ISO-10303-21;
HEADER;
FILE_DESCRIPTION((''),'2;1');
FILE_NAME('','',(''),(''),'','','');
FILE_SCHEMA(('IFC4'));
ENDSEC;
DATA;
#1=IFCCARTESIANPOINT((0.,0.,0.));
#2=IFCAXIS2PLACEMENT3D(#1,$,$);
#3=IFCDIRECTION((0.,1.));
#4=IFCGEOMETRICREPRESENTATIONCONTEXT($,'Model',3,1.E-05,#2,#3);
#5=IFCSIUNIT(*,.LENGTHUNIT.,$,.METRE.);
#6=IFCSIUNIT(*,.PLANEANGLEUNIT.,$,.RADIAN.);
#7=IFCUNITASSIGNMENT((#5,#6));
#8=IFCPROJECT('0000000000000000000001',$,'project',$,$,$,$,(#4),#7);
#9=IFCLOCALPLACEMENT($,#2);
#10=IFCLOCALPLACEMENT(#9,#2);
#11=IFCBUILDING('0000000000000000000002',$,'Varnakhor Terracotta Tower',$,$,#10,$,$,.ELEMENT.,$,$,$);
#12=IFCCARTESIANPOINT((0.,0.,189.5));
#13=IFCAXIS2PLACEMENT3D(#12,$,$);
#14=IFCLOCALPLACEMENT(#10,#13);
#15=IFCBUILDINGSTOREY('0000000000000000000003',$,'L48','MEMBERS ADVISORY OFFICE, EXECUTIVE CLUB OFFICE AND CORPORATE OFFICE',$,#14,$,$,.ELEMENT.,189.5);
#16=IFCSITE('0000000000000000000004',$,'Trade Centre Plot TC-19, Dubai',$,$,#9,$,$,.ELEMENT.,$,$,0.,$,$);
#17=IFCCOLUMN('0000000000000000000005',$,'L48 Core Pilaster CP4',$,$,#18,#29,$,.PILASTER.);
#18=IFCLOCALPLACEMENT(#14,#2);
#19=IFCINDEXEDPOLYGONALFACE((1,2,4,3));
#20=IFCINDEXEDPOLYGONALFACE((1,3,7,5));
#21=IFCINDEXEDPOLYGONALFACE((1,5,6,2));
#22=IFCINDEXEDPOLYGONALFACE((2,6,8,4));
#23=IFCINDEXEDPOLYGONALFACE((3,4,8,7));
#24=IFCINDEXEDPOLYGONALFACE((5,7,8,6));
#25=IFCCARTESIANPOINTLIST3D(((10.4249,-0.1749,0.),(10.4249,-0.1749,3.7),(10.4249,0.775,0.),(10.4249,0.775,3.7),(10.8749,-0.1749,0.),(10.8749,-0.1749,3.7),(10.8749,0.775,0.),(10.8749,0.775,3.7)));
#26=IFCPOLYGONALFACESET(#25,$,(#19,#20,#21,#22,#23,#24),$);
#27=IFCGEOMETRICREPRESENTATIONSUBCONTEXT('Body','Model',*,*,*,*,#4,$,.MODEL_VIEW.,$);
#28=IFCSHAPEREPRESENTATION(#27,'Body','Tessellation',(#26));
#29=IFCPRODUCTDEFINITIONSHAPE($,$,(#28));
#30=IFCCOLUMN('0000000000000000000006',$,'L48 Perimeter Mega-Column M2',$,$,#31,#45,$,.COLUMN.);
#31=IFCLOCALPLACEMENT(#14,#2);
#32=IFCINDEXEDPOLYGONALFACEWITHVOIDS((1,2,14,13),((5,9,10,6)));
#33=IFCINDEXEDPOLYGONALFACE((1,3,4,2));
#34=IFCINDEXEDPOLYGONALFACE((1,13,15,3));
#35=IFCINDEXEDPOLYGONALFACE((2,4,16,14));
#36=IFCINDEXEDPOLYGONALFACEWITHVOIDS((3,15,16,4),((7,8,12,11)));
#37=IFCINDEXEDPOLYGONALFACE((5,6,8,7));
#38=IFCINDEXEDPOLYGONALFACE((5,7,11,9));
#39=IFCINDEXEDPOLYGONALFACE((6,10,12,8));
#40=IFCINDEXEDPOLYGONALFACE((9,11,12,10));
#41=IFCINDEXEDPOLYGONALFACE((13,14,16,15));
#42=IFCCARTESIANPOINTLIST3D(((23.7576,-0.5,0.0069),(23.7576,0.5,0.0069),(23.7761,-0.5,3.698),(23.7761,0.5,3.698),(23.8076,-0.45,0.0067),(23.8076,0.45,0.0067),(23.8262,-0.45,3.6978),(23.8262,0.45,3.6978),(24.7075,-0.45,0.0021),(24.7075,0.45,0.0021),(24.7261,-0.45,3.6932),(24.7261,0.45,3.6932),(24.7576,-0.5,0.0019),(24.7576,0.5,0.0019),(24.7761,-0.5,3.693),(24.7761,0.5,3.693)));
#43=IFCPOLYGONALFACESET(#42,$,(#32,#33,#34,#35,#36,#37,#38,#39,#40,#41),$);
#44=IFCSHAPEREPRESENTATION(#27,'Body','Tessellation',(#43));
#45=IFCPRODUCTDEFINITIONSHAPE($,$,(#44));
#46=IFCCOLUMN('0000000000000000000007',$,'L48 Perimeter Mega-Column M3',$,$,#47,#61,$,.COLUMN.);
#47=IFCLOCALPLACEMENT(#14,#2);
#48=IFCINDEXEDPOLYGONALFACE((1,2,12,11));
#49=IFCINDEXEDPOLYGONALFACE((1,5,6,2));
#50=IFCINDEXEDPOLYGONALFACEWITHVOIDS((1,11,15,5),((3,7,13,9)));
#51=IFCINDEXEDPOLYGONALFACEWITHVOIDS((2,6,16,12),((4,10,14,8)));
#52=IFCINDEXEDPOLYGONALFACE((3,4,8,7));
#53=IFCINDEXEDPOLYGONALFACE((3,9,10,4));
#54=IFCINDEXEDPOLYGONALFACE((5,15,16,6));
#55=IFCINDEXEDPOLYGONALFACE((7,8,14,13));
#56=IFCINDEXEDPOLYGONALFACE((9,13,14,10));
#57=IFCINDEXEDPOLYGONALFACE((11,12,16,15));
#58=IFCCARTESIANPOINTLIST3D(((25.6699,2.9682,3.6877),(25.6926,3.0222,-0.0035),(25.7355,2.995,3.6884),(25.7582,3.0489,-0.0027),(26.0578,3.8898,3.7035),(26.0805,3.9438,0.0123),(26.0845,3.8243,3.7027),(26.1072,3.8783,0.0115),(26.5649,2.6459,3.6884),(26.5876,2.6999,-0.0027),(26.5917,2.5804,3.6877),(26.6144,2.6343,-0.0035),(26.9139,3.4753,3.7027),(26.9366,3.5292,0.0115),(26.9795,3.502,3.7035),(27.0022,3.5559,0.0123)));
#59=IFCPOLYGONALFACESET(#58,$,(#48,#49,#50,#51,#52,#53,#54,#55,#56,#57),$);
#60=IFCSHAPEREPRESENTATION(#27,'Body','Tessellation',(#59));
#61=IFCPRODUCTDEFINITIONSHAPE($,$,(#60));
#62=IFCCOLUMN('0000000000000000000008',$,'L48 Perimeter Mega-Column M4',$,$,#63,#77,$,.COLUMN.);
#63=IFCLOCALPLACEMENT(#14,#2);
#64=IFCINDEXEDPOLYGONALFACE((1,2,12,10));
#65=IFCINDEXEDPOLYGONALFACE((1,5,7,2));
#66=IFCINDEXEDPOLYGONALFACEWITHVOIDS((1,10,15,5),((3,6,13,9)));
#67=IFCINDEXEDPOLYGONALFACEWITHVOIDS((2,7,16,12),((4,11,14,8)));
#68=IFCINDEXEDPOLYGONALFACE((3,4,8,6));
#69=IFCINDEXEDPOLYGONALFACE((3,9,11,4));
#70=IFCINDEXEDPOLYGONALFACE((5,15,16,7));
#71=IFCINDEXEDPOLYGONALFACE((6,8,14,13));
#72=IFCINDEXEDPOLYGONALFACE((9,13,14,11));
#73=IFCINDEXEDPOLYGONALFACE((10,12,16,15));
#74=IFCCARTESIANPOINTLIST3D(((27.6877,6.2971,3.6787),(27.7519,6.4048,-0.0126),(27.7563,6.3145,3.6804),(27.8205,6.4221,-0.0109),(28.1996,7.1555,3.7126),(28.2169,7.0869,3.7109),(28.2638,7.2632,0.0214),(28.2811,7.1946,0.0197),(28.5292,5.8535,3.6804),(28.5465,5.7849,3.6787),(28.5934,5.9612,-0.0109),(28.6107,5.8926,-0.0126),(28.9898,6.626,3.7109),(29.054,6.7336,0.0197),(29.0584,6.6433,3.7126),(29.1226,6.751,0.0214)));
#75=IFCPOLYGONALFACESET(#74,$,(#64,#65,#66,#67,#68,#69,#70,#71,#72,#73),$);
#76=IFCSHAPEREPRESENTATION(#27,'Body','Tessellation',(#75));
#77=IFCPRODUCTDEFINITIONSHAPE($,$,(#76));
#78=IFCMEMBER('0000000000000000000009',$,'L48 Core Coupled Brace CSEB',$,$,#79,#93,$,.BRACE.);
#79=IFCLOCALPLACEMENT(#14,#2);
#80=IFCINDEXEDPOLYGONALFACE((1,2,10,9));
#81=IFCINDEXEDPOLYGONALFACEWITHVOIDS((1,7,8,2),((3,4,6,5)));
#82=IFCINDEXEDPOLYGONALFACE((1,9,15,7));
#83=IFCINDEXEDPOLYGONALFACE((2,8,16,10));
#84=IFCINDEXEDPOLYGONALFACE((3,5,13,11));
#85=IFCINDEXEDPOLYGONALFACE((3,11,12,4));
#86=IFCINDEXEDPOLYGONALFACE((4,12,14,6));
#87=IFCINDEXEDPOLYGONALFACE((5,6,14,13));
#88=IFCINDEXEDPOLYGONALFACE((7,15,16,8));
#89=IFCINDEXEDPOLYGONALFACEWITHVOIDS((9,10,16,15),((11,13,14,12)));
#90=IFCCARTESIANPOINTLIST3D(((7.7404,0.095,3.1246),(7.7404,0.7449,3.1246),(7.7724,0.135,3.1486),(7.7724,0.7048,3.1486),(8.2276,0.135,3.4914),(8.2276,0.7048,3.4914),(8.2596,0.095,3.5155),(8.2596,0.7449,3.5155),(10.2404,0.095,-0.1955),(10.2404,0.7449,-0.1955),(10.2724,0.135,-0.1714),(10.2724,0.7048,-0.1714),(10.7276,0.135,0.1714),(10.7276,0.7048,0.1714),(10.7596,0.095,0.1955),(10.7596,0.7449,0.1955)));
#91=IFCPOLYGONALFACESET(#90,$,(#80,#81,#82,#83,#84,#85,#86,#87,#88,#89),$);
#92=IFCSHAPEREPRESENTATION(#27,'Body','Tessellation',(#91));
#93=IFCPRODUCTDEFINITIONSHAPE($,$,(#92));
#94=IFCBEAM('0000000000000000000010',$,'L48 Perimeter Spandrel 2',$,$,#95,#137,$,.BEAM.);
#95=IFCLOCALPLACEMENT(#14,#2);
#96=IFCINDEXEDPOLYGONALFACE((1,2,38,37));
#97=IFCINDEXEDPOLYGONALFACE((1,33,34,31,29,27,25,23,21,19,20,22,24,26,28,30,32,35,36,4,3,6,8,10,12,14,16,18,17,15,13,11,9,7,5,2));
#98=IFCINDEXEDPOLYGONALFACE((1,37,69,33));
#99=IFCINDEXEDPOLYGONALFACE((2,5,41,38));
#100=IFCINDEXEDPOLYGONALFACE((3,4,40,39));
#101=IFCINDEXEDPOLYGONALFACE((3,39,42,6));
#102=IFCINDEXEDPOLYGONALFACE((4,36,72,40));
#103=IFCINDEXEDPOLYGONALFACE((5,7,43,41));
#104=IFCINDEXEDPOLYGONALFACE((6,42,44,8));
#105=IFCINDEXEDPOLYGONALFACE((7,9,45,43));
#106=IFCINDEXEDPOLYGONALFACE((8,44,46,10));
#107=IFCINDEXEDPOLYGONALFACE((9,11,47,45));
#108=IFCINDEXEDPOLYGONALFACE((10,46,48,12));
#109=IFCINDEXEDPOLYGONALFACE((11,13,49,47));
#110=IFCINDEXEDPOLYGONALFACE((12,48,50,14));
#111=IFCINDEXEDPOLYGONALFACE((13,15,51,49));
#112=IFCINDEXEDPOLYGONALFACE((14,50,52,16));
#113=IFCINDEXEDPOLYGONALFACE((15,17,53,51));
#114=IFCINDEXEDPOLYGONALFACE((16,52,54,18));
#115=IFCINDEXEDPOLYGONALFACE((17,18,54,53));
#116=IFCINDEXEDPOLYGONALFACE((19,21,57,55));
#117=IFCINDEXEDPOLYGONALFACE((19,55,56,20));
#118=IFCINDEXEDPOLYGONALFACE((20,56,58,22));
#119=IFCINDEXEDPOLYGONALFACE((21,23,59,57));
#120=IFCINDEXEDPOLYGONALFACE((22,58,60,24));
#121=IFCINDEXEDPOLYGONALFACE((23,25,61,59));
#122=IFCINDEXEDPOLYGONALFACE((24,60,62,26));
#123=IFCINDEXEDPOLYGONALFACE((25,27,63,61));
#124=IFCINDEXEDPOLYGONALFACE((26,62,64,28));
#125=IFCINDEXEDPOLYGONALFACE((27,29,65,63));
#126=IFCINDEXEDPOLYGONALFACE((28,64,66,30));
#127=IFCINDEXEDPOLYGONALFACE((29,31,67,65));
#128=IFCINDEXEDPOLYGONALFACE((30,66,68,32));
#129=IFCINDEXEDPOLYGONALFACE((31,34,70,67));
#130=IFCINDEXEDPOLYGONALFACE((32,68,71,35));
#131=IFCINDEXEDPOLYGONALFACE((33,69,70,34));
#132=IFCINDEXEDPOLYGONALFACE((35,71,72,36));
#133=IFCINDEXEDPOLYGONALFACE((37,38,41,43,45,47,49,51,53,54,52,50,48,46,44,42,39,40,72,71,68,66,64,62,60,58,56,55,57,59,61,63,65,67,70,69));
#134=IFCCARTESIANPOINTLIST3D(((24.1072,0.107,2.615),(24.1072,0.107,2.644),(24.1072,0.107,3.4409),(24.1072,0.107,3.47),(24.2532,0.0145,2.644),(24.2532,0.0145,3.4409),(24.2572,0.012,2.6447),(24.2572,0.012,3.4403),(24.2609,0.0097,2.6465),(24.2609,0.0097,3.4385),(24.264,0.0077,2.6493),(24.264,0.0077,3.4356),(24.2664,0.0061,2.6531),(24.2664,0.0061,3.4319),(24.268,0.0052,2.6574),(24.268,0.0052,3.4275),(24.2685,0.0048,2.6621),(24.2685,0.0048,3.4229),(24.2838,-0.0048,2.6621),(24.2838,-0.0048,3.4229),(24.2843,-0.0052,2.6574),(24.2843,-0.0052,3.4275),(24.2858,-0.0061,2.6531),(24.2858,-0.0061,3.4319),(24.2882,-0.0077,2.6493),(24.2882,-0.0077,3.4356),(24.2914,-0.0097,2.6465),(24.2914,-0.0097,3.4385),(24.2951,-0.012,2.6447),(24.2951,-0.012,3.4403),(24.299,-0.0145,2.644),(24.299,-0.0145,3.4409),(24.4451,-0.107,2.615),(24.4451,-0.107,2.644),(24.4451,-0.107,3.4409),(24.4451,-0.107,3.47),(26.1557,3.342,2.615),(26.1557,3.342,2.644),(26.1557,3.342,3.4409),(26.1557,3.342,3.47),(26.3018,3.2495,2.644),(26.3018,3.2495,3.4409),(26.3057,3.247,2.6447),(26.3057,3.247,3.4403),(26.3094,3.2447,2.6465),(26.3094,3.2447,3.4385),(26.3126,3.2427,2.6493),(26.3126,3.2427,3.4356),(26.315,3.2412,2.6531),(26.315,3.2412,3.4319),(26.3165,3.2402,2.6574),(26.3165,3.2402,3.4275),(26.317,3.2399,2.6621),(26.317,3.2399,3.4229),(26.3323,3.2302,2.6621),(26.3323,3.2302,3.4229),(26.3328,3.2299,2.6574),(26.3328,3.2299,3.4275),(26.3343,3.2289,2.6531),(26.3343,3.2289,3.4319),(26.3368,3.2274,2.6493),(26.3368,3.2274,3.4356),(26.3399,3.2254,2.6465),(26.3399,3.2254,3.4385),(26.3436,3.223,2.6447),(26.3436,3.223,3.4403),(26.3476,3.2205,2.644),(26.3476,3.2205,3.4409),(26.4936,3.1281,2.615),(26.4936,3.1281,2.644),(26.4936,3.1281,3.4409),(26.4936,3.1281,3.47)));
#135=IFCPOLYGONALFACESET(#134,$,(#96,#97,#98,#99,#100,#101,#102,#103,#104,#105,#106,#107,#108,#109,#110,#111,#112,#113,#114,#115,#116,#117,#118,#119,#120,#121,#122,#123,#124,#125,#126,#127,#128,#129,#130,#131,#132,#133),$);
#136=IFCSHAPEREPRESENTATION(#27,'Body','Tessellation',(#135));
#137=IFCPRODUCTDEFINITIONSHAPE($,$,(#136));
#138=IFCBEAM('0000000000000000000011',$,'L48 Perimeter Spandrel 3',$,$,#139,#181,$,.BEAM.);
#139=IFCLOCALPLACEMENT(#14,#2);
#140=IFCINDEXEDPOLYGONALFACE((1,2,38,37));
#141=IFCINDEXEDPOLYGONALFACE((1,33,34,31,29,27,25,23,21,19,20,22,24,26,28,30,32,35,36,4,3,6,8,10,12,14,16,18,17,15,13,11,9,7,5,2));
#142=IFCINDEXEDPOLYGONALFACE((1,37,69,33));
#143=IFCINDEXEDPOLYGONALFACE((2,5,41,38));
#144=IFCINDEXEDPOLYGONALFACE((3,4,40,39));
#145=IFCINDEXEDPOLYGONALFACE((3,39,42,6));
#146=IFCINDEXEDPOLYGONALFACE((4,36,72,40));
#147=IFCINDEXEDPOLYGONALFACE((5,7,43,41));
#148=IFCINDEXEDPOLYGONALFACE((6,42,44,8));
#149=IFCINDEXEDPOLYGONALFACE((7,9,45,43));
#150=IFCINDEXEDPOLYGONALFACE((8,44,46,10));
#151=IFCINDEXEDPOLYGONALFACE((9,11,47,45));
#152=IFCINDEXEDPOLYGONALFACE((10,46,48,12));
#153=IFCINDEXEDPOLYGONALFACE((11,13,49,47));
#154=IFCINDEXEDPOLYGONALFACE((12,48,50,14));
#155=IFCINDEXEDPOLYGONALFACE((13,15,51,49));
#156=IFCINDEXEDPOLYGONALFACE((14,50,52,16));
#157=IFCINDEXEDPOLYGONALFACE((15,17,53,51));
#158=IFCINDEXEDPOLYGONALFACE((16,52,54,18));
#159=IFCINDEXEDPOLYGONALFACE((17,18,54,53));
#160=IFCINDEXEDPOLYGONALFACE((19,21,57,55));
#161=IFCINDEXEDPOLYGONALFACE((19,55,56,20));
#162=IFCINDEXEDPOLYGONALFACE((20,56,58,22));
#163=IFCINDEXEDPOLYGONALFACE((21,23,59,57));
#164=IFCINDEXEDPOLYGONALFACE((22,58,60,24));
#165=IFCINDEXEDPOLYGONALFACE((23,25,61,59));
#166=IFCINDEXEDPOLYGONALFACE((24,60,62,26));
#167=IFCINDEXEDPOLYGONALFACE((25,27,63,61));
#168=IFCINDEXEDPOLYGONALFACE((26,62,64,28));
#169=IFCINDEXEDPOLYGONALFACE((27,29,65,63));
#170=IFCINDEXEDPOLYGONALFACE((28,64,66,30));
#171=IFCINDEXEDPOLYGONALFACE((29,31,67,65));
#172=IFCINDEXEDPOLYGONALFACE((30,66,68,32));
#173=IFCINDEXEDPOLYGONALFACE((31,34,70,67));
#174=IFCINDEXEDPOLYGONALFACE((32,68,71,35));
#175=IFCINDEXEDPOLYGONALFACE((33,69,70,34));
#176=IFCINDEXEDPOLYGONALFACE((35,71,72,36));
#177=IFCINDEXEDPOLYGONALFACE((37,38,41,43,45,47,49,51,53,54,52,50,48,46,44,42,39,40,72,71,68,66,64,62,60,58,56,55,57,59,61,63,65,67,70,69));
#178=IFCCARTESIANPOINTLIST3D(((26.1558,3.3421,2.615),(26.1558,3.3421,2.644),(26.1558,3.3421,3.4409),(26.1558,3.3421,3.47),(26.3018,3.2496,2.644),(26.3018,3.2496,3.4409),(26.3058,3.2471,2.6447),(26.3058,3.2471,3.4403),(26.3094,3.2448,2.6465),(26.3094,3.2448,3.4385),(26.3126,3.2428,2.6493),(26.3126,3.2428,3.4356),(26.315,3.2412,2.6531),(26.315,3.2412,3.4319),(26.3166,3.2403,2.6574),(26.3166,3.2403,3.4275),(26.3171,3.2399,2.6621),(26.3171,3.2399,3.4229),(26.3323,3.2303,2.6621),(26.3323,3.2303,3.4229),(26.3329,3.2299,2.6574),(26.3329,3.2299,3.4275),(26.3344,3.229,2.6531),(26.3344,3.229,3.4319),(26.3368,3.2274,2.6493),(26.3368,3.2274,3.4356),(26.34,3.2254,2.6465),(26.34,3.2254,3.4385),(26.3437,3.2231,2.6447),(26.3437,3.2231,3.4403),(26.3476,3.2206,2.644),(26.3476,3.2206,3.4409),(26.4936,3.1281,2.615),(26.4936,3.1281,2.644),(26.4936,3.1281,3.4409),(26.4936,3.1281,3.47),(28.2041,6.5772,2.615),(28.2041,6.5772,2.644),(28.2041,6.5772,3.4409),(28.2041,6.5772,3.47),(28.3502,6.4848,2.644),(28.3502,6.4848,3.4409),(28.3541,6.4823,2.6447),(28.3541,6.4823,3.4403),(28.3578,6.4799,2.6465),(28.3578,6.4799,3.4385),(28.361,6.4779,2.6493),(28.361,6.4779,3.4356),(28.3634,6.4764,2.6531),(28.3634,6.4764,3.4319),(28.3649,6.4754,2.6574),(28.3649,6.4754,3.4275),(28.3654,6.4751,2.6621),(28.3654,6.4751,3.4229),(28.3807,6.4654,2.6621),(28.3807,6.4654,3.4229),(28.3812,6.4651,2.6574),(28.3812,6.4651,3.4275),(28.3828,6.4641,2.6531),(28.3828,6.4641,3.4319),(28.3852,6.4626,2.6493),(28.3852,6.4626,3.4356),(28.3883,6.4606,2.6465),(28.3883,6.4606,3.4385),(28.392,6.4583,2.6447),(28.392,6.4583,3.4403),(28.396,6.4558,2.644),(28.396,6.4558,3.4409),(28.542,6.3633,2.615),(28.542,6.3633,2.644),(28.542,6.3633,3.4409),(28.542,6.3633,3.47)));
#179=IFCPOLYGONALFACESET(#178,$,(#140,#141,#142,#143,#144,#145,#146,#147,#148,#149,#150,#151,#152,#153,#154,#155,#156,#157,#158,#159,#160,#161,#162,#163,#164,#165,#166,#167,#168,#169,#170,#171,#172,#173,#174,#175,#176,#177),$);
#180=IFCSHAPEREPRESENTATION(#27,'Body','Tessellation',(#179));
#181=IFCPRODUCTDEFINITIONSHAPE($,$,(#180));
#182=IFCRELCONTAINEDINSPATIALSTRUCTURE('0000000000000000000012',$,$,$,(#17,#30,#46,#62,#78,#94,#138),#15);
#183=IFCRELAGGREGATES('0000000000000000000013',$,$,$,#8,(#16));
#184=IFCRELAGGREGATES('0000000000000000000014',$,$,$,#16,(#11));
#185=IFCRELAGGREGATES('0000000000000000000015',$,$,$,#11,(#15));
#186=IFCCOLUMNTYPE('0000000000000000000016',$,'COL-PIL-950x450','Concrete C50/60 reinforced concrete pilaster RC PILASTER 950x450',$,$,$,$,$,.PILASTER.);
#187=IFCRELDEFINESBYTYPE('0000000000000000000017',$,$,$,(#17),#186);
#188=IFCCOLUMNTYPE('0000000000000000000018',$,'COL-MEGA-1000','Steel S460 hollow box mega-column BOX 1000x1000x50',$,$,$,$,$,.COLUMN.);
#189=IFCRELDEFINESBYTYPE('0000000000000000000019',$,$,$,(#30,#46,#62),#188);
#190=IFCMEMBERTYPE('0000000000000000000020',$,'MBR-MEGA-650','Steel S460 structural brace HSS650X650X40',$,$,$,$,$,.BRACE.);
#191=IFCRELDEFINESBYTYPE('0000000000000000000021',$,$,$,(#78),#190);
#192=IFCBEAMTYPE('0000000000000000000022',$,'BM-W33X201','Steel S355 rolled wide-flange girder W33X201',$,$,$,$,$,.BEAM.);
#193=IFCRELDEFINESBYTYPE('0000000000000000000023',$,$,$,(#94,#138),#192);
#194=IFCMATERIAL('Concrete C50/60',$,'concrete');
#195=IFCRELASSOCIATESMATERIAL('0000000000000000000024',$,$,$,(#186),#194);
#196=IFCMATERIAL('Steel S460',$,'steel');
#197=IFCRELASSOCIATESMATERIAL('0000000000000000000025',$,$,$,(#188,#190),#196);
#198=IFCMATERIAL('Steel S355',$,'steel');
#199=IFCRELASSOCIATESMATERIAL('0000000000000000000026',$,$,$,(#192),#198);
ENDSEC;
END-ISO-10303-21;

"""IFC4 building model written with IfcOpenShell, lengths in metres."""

from ifc_helpers import new_model, si_unit, direction, frame, origin, origin_2d, place, context, subcontext, project, spatial, rectangle, hollow_rectangle, i_section, extrude, source, transform, mapped, material, material_profile, profile_set, type_object, element, save


model = new_model("IFC4")

# Units and contexts
model_context = context("Model", 3, precision=1e-05, world=origin(), true_north=direction((0.0, 1.0)))
body_context = subcontext(model_context, "Body", "Model", "MODEL_VIEW")
ifc_project = project(units=[si_unit("LENGTHUNIT", "METRE"), si_unit("PLANEANGLEUNIT", "RADIAN")], contexts=[model_context])

# Site, building, storey
site_placement = place(None, origin())
site = spatial("IfcSite", under=ifc_project, at=site_placement, Name="Trade Centre Plot TC-19, Dubai", CompositionType="ELEMENT", RefElevation=0.0)
building_placement = place(site_placement, origin())
building = spatial("IfcBuilding", under=site, at=building_placement, Name="Varnakhor Terracotta Tower", CompositionType="ELEMENT")
storey_placement = place(building_placement, frame((0.0, 0.0, 189.5)))
storey = spatial("IfcBuildingStorey", under=building, at=storey_placement, Name="L48", Description="MEMBERS ADVISORY OFFICE, EXECUTIVE CLUB OFFICE AND CORPORATE OFFICE", CompositionType="ELEMENT", Elevation=189.5)

# Columns
ifc_material_1 = material(Name="Concrete C50/60", Category="concrete")
ifc_material_profile_1 = material_profile(ifc_material_1, rectangle(XDim=0.45, YDim=0.95, at=origin_2d()), Name="RC PILASTER 950x450")
ifc_profile_set_1 = profile_set([ifc_material_profile_1], Name="Concrete C50/60")
column_type_1 = type_object("IfcColumnType", Name="COL-PIL-950x450", Description="Concrete C50/60 reinforced concrete pilaster RC PILASTER 950x450", PredefinedType="PILASTER", material=ifc_profile_set_1)
shared_shape_1 = source(origin(), body_context, "Body", "SweptSolid", [
    extrude(rectangle(XDim=0.45, YDim=0.95, at=origin_2d()), origin(), (0.0, 0.0, 1.0), 3.7),
])
column_1_placement = place(storey_placement, frame((10.6499, 0.3, 0.0), z_axis=(0.0, 0.0, 1.0), x_axis=(1.0, 0.0, 0.0)))
element("IfcColumn", 1, at=column_1_placement, inside=storey, type_object=column_type_1, Name="L48 Core Pilaster CP4", PredefinedType="PILASTER", context=body_context, shape_type="MappedRepresentation", body=[
    mapped(shared_shape_1, transform((0.0, 0.0, 0.0), scale=1.0)),
])
ifc_material_2 = material(Name="Steel S460", Category="steel")
ifc_material_profile_2 = material_profile(ifc_material_2, hollow_rectangle(XDim=1.0, YDim=1.0, WallThickness=0.05, at=origin_2d()), Name="BOX 1000x1000x50")
ifc_profile_set_2 = profile_set([ifc_material_profile_2], Name="Steel S460")
column_type_2 = type_object("IfcColumnType", Name="COL-MEGA-1000", Description="Steel S460 hollow box mega-column BOX 1000x1000x50", PredefinedType="COLUMN", material=ifc_profile_set_2)
shared_shape_2 = source(origin(), body_context, "Body", "SweptSolid", [
    extrude(hollow_rectangle(XDim=1.0, YDim=1.0, WallThickness=0.05, at=origin_2d()), origin(), (0.0, 0.0, 1.0), 3.6912),
])
column_2_placement = place(storey_placement, frame((24.2576, 0.0, 0.0044), z_axis=(0.005027, 0.0, 0.999987), x_axis=(0.0, 1.0, 0.0)))
element("IfcColumn", 2, at=column_2_placement, inside=storey, type_object=column_type_2, Name="L48 Perimeter Mega-Column M2", PredefinedType="COLUMN", context=body_context, shape_type="MappedRepresentation", body=[
    mapped(shared_shape_2, transform((0.0, 0.0, 0.0), scale=1.0)),
])
shared_shape_3 = source(origin(), body_context, "Body", "SweptSolid", [
    extrude(hollow_rectangle(XDim=1.0, YDim=1.0, WallThickness=0.05, at=origin_2d()), origin(), (0.0, 0.0, 1.0), 3.6917),
])
column_3_placement = place(storey_placement, frame((26.3474, 3.2891, 0.0044), z_axis=(-0.00615, -0.014616, 0.999874), x_axis=(0.921714, -0.387871, 0.0)))
element("IfcColumn", 3, at=column_3_placement, inside=storey, type_object=column_type_2, Name="L48 Perimeter Mega-Column M3", PredefinedType="COLUMN", context=body_context, shape_type="MappedRepresentation", body=[
    mapped(shared_shape_3, transform((0.0, 0.0, 0.0), scale=1.0)),
])
shared_shape_4 = source(origin(), body_context, "Body", "SweptSolid", [
    extrude(hollow_rectangle(XDim=1.0, YDim=1.0, WallThickness=0.05, at=origin_2d()), origin(), (0.0, 0.0, 1.0), 3.6934),
])
column_4_placement = place(storey_placement, frame((28.4373, 6.5779, 0.0044), z_axis=(-0.017385, -0.029152, 0.999424), x_axis=(0.858865, -0.512203, 0.0)))
element("IfcColumn", 4, at=column_4_placement, inside=storey, type_object=column_type_2, Name="L48 Perimeter Mega-Column M4", PredefinedType="COLUMN", context=body_context, shape_type="MappedRepresentation", body=[
    mapped(shared_shape_4, transform((0.0, 0.0, 0.0), scale=1.0)),
])

# Member
ifc_material_profile_3 = material_profile(ifc_material_2, hollow_rectangle(XDim=0.6499, YDim=0.6499, WallThickness=0.04, at=origin_2d()), Name="HSS650X650X40")
ifc_profile_set_3 = profile_set([ifc_material_profile_3], Name="Steel S460")
member_type_1 = type_object("IfcMemberType", Name="MBR-MEGA-650", Description="Steel S460 structural brace HSS650X650X40", PredefinedType="BRACE", material=ifc_profile_set_3)
shared_shape_5 = source(origin(), body_context, "Body", "SweptSolid", [
    extrude(hollow_rectangle(XDim=0.6499, YDim=0.6499, WallThickness=0.04, at=origin_2d()), origin(), (0.0, 0.0, 1.0), 4.156),
])
member_1_placement = place(storey_placement, frame((10.5, 0.4199, 0.0), z_axis=(-0.601531, 0.0, 0.79885), x_axis=(0.0, -1.0, 0.0)))
element("IfcMember", 5, at=member_1_placement, inside=storey, type_object=member_type_1, Name="L48 Core Coupled Brace CSEB", PredefinedType="BRACE", context=body_context, shape_type="MappedRepresentation", body=[
    mapped(shared_shape_5, transform((0.0, 0.0, 0.0), scale=1.0)),
])

# Beams
ifc_material_3 = material(Name="Steel S355", Category="steel")
ifc_material_profile_4 = material_profile(ifc_material_3, i_section(OverallWidth=0.3999, OverallDepth=0.855, WebThickness=0.0181, FlangeThickness=0.0291, FilletRadius=0.0181, at=origin_2d()), Name="W33X201")
ifc_profile_set_4 = profile_set([ifc_material_profile_4], Name="Steel S355")
beam_type_1 = type_object("IfcBeamType", Name="BM-W33X201", Description="Steel S355 rolled wide-flange girder W33X201", PredefinedType="BEAM", material=ifc_profile_set_4)
shared_shape_6 = source(origin(), body_context, "Body", "SweptSolid", [
    extrude(i_section(OverallWidth=0.3999, OverallDepth=0.855, WebThickness=0.0181, FlangeThickness=0.0291, FilletRadius=0.0181, at=origin_2d()), origin(), (0.0, 0.0, 1.0), 3.8291),
])
for number, where, z_axis, x_axis, name in (
    (6, (24.2761, 0.0, 3.0425), (0.534993, 0.844857, 0.0), (-0.844857, 0.534993, 0.0), "L48 Perimeter Spandrel 2"),
    (7, (26.3247, 3.2351, 3.0425), (0.534947, 0.844885, 0.0), (-0.844885, 0.534947, 0.0), "L48 Perimeter Spandrel 3"),
):
    element("IfcBeam", number, at=place(storey_placement, frame(where, z_axis=z_axis, x_axis=x_axis)), inside=storey, type_object=beam_type_1, Name=name, PredefinedType="BEAM", context=body_context, shape_type="MappedRepresentation", body=[
        mapped(shared_shape_6, transform((0.0, 0.0, 0.0), scale=1.0)),
    ])

save(model, "model.ifc")
